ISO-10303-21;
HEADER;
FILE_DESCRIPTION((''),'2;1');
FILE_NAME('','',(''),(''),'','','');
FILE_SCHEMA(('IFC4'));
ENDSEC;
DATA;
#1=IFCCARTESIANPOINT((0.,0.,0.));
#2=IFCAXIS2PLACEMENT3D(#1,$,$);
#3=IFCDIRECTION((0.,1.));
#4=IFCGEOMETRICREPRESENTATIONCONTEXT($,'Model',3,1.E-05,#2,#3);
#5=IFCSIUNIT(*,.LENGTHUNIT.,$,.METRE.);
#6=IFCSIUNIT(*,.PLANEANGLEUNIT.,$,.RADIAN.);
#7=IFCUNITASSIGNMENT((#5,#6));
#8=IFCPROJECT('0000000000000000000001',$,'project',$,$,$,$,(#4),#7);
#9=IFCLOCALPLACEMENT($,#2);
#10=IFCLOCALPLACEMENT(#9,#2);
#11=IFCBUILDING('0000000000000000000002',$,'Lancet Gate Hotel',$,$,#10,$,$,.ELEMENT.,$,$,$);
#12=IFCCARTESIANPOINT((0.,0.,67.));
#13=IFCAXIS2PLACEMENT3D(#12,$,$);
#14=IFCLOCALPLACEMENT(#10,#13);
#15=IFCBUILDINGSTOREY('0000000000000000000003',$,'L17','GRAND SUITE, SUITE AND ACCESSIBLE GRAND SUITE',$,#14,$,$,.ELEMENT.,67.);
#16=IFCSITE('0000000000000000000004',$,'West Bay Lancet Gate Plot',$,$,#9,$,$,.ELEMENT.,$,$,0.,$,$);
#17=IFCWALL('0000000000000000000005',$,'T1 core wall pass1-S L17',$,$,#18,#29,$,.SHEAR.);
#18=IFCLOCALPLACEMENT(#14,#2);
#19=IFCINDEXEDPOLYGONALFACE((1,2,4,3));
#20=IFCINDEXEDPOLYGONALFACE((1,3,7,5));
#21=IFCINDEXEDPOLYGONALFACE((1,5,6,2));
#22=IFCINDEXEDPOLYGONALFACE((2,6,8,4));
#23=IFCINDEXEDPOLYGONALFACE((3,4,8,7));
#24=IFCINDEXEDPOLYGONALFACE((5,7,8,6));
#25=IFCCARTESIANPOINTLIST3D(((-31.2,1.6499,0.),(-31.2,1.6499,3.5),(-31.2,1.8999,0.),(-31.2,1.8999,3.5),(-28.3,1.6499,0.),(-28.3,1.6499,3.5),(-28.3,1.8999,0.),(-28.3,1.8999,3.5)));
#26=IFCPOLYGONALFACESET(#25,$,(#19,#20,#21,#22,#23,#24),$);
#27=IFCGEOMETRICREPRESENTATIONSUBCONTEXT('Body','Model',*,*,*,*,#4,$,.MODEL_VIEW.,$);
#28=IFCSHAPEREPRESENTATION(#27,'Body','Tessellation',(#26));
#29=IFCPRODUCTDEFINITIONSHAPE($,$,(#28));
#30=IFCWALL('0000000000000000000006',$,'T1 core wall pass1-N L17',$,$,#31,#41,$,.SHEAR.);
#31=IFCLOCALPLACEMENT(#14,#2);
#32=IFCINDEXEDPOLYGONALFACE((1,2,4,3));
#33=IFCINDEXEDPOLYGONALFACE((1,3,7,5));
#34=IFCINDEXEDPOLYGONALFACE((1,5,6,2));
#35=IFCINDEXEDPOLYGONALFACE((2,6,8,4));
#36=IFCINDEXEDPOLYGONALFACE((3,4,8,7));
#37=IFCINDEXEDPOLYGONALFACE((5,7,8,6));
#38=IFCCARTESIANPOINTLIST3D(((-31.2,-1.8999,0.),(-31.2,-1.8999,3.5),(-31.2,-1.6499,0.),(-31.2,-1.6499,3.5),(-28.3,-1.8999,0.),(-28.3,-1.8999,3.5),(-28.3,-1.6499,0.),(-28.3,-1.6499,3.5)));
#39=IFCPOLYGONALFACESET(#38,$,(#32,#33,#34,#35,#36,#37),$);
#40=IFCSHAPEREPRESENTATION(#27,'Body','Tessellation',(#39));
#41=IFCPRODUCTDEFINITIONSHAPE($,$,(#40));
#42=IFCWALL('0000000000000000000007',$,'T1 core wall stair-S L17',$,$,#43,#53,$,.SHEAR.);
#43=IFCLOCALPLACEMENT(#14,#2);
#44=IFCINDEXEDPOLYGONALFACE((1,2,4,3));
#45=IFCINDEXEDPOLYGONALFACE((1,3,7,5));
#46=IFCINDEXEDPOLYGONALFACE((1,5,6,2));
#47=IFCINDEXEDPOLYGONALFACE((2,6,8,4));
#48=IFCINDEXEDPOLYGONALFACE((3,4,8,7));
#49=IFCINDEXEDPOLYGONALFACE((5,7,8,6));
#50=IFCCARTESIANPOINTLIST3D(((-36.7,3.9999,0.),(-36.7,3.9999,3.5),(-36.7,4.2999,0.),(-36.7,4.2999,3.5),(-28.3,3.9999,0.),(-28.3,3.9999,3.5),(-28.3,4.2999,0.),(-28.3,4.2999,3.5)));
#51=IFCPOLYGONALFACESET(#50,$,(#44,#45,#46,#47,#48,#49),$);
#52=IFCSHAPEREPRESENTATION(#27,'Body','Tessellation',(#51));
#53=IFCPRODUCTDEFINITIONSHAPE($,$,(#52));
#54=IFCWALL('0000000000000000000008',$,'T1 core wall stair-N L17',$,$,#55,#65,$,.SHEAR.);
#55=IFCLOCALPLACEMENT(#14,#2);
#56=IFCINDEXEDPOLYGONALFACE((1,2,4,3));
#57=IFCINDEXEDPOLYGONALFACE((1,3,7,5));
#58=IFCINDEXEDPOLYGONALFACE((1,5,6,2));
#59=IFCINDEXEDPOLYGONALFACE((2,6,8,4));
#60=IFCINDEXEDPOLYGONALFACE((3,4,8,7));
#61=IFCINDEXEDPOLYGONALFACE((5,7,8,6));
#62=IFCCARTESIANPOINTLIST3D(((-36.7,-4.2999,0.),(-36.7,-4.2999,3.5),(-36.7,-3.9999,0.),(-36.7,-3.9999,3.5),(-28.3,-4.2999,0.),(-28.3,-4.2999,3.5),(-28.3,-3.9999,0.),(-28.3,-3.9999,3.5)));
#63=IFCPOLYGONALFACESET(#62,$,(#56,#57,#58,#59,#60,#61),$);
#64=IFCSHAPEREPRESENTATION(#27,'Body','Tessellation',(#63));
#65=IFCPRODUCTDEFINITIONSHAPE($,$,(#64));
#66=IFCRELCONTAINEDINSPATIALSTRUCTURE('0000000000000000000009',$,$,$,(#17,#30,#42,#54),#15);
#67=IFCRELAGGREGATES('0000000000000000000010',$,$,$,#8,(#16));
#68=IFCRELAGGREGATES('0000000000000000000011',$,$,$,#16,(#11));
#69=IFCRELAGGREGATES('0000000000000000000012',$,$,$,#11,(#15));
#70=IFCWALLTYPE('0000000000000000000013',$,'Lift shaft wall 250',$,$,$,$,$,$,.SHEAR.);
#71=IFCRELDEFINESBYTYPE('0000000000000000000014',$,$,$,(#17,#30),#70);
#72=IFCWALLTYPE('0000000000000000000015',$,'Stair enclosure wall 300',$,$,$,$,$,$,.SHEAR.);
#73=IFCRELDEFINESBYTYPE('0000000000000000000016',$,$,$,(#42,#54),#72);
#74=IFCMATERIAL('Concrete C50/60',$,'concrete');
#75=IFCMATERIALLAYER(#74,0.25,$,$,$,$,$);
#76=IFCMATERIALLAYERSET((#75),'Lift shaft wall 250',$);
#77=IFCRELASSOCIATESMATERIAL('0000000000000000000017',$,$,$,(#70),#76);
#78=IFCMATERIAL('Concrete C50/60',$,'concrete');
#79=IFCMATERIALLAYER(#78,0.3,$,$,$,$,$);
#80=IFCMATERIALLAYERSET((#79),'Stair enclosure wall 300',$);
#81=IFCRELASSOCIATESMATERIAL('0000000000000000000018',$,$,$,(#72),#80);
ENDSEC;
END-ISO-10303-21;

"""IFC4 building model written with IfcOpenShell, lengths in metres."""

from ifc_helpers import new_model, si_unit, direction, frame, frame_2d, origin, place, context, subcontext, project, spatial, rectangle, extrude, material, layer, layer_set, type_object, element, save


model = new_model("IFC4")

# Units and contexts
model_context = context("Model", 3, precision=1e-05, world=origin(), true_north=direction((0.0, 1.0)))
body_context = subcontext(model_context, "Body", "Model", "MODEL_VIEW")
ifc_project = project(units=[si_unit("LENGTHUNIT", "METRE"), si_unit("PLANEANGLEUNIT", "RADIAN")], contexts=[model_context])

# Site, building, storey
site_placement = place(None, origin())
site = spatial("IfcSite", under=ifc_project, at=site_placement, Name="West Bay Lancet Gate Plot", CompositionType="ELEMENT", RefElevation=0.0)
building_placement = place(site_placement, origin())
building = spatial("IfcBuilding", under=site, at=building_placement, Name="Lancet Gate Hotel", CompositionType="ELEMENT")
storey_placement = place(building_placement, frame((0.0, 0.0, 67.0)))
storey = spatial("IfcBuildingStorey", under=building, at=storey_placement, Name="L17", Description="GRAND SUITE, SUITE AND ACCESSIBLE GRAND SUITE", CompositionType="ELEMENT", Elevation=67.0)

# Walls
ifc_material_1 = material(Name="Concrete C50/60", Category="concrete")
ifc_layer_1 = layer(ifc_material_1, 0.25)
ifc_layer_set_1 = layer_set([ifc_layer_1], Name="Lift shaft wall 250")
wall_type_1 = type_object("IfcWallType", Name="Lift shaft wall 250", PredefinedType="SHEAR", material=ifc_layer_set_1)
for number, where, z_axis, x_axis, name in (
    (1, (-28.3, 1.7749, 0.0), (0.0, 0.0, 1.0), (-1.0, 0.0, 0.0), "T1 core wall pass1-S L17"),
    (2, (-28.3, -1.7749, 0.0), (0.0, 0.0, 1.0), (-1.0, 0.0, 0.0), "T1 core wall pass1-N L17"),
):
    element("IfcWall", number, at=place(storey_placement, frame(where, z_axis=z_axis, x_axis=x_axis)), inside=storey, type_object=wall_type_1, Name=name, PredefinedType="SHEAR", context=body_context, shape_type="SweptSolid", body=[
        extrude(rectangle(XDim=2.8999, YDim=0.25, at=frame_2d((1.45, 0.0))), origin(), (0.0, 0.0, 1.0), 3.5),
    ])
ifc_material_2 = material(Name="Concrete C50/60", Category="concrete")
ifc_layer_2 = layer(ifc_material_2, 0.3)
ifc_layer_set_2 = layer_set([ifc_layer_2], Name="Stair enclosure wall 300")
wall_type_2 = type_object("IfcWallType", Name="Stair enclosure wall 300", PredefinedType="SHEAR", material=ifc_layer_set_2)
for number, where, z_axis, x_axis, name in (
    (3, (-28.3, 4.1499, 0.0), (0.0, 0.0, 1.0), (-1.0, 0.0, 0.0), "T1 core wall stair-S L17"),
    (4, (-28.3, -4.1499, 0.0), (0.0, 0.0, 1.0), (-1.0, 0.0, 0.0), "T1 core wall stair-N L17"),
):
    element("IfcWall", number, at=place(storey_placement, frame(where, z_axis=z_axis, x_axis=x_axis)), inside=storey, type_object=wall_type_2, Name=name, PredefinedType="SHEAR", context=body_context, shape_type="SweptSolid", body=[
        extrude(rectangle(XDim=8.3999, YDim=0.3, at=frame_2d((4.2, 0.0))), origin(), (0.0, 0.0, 1.0), 3.5),
    ])

save(model, "model.ifc")
